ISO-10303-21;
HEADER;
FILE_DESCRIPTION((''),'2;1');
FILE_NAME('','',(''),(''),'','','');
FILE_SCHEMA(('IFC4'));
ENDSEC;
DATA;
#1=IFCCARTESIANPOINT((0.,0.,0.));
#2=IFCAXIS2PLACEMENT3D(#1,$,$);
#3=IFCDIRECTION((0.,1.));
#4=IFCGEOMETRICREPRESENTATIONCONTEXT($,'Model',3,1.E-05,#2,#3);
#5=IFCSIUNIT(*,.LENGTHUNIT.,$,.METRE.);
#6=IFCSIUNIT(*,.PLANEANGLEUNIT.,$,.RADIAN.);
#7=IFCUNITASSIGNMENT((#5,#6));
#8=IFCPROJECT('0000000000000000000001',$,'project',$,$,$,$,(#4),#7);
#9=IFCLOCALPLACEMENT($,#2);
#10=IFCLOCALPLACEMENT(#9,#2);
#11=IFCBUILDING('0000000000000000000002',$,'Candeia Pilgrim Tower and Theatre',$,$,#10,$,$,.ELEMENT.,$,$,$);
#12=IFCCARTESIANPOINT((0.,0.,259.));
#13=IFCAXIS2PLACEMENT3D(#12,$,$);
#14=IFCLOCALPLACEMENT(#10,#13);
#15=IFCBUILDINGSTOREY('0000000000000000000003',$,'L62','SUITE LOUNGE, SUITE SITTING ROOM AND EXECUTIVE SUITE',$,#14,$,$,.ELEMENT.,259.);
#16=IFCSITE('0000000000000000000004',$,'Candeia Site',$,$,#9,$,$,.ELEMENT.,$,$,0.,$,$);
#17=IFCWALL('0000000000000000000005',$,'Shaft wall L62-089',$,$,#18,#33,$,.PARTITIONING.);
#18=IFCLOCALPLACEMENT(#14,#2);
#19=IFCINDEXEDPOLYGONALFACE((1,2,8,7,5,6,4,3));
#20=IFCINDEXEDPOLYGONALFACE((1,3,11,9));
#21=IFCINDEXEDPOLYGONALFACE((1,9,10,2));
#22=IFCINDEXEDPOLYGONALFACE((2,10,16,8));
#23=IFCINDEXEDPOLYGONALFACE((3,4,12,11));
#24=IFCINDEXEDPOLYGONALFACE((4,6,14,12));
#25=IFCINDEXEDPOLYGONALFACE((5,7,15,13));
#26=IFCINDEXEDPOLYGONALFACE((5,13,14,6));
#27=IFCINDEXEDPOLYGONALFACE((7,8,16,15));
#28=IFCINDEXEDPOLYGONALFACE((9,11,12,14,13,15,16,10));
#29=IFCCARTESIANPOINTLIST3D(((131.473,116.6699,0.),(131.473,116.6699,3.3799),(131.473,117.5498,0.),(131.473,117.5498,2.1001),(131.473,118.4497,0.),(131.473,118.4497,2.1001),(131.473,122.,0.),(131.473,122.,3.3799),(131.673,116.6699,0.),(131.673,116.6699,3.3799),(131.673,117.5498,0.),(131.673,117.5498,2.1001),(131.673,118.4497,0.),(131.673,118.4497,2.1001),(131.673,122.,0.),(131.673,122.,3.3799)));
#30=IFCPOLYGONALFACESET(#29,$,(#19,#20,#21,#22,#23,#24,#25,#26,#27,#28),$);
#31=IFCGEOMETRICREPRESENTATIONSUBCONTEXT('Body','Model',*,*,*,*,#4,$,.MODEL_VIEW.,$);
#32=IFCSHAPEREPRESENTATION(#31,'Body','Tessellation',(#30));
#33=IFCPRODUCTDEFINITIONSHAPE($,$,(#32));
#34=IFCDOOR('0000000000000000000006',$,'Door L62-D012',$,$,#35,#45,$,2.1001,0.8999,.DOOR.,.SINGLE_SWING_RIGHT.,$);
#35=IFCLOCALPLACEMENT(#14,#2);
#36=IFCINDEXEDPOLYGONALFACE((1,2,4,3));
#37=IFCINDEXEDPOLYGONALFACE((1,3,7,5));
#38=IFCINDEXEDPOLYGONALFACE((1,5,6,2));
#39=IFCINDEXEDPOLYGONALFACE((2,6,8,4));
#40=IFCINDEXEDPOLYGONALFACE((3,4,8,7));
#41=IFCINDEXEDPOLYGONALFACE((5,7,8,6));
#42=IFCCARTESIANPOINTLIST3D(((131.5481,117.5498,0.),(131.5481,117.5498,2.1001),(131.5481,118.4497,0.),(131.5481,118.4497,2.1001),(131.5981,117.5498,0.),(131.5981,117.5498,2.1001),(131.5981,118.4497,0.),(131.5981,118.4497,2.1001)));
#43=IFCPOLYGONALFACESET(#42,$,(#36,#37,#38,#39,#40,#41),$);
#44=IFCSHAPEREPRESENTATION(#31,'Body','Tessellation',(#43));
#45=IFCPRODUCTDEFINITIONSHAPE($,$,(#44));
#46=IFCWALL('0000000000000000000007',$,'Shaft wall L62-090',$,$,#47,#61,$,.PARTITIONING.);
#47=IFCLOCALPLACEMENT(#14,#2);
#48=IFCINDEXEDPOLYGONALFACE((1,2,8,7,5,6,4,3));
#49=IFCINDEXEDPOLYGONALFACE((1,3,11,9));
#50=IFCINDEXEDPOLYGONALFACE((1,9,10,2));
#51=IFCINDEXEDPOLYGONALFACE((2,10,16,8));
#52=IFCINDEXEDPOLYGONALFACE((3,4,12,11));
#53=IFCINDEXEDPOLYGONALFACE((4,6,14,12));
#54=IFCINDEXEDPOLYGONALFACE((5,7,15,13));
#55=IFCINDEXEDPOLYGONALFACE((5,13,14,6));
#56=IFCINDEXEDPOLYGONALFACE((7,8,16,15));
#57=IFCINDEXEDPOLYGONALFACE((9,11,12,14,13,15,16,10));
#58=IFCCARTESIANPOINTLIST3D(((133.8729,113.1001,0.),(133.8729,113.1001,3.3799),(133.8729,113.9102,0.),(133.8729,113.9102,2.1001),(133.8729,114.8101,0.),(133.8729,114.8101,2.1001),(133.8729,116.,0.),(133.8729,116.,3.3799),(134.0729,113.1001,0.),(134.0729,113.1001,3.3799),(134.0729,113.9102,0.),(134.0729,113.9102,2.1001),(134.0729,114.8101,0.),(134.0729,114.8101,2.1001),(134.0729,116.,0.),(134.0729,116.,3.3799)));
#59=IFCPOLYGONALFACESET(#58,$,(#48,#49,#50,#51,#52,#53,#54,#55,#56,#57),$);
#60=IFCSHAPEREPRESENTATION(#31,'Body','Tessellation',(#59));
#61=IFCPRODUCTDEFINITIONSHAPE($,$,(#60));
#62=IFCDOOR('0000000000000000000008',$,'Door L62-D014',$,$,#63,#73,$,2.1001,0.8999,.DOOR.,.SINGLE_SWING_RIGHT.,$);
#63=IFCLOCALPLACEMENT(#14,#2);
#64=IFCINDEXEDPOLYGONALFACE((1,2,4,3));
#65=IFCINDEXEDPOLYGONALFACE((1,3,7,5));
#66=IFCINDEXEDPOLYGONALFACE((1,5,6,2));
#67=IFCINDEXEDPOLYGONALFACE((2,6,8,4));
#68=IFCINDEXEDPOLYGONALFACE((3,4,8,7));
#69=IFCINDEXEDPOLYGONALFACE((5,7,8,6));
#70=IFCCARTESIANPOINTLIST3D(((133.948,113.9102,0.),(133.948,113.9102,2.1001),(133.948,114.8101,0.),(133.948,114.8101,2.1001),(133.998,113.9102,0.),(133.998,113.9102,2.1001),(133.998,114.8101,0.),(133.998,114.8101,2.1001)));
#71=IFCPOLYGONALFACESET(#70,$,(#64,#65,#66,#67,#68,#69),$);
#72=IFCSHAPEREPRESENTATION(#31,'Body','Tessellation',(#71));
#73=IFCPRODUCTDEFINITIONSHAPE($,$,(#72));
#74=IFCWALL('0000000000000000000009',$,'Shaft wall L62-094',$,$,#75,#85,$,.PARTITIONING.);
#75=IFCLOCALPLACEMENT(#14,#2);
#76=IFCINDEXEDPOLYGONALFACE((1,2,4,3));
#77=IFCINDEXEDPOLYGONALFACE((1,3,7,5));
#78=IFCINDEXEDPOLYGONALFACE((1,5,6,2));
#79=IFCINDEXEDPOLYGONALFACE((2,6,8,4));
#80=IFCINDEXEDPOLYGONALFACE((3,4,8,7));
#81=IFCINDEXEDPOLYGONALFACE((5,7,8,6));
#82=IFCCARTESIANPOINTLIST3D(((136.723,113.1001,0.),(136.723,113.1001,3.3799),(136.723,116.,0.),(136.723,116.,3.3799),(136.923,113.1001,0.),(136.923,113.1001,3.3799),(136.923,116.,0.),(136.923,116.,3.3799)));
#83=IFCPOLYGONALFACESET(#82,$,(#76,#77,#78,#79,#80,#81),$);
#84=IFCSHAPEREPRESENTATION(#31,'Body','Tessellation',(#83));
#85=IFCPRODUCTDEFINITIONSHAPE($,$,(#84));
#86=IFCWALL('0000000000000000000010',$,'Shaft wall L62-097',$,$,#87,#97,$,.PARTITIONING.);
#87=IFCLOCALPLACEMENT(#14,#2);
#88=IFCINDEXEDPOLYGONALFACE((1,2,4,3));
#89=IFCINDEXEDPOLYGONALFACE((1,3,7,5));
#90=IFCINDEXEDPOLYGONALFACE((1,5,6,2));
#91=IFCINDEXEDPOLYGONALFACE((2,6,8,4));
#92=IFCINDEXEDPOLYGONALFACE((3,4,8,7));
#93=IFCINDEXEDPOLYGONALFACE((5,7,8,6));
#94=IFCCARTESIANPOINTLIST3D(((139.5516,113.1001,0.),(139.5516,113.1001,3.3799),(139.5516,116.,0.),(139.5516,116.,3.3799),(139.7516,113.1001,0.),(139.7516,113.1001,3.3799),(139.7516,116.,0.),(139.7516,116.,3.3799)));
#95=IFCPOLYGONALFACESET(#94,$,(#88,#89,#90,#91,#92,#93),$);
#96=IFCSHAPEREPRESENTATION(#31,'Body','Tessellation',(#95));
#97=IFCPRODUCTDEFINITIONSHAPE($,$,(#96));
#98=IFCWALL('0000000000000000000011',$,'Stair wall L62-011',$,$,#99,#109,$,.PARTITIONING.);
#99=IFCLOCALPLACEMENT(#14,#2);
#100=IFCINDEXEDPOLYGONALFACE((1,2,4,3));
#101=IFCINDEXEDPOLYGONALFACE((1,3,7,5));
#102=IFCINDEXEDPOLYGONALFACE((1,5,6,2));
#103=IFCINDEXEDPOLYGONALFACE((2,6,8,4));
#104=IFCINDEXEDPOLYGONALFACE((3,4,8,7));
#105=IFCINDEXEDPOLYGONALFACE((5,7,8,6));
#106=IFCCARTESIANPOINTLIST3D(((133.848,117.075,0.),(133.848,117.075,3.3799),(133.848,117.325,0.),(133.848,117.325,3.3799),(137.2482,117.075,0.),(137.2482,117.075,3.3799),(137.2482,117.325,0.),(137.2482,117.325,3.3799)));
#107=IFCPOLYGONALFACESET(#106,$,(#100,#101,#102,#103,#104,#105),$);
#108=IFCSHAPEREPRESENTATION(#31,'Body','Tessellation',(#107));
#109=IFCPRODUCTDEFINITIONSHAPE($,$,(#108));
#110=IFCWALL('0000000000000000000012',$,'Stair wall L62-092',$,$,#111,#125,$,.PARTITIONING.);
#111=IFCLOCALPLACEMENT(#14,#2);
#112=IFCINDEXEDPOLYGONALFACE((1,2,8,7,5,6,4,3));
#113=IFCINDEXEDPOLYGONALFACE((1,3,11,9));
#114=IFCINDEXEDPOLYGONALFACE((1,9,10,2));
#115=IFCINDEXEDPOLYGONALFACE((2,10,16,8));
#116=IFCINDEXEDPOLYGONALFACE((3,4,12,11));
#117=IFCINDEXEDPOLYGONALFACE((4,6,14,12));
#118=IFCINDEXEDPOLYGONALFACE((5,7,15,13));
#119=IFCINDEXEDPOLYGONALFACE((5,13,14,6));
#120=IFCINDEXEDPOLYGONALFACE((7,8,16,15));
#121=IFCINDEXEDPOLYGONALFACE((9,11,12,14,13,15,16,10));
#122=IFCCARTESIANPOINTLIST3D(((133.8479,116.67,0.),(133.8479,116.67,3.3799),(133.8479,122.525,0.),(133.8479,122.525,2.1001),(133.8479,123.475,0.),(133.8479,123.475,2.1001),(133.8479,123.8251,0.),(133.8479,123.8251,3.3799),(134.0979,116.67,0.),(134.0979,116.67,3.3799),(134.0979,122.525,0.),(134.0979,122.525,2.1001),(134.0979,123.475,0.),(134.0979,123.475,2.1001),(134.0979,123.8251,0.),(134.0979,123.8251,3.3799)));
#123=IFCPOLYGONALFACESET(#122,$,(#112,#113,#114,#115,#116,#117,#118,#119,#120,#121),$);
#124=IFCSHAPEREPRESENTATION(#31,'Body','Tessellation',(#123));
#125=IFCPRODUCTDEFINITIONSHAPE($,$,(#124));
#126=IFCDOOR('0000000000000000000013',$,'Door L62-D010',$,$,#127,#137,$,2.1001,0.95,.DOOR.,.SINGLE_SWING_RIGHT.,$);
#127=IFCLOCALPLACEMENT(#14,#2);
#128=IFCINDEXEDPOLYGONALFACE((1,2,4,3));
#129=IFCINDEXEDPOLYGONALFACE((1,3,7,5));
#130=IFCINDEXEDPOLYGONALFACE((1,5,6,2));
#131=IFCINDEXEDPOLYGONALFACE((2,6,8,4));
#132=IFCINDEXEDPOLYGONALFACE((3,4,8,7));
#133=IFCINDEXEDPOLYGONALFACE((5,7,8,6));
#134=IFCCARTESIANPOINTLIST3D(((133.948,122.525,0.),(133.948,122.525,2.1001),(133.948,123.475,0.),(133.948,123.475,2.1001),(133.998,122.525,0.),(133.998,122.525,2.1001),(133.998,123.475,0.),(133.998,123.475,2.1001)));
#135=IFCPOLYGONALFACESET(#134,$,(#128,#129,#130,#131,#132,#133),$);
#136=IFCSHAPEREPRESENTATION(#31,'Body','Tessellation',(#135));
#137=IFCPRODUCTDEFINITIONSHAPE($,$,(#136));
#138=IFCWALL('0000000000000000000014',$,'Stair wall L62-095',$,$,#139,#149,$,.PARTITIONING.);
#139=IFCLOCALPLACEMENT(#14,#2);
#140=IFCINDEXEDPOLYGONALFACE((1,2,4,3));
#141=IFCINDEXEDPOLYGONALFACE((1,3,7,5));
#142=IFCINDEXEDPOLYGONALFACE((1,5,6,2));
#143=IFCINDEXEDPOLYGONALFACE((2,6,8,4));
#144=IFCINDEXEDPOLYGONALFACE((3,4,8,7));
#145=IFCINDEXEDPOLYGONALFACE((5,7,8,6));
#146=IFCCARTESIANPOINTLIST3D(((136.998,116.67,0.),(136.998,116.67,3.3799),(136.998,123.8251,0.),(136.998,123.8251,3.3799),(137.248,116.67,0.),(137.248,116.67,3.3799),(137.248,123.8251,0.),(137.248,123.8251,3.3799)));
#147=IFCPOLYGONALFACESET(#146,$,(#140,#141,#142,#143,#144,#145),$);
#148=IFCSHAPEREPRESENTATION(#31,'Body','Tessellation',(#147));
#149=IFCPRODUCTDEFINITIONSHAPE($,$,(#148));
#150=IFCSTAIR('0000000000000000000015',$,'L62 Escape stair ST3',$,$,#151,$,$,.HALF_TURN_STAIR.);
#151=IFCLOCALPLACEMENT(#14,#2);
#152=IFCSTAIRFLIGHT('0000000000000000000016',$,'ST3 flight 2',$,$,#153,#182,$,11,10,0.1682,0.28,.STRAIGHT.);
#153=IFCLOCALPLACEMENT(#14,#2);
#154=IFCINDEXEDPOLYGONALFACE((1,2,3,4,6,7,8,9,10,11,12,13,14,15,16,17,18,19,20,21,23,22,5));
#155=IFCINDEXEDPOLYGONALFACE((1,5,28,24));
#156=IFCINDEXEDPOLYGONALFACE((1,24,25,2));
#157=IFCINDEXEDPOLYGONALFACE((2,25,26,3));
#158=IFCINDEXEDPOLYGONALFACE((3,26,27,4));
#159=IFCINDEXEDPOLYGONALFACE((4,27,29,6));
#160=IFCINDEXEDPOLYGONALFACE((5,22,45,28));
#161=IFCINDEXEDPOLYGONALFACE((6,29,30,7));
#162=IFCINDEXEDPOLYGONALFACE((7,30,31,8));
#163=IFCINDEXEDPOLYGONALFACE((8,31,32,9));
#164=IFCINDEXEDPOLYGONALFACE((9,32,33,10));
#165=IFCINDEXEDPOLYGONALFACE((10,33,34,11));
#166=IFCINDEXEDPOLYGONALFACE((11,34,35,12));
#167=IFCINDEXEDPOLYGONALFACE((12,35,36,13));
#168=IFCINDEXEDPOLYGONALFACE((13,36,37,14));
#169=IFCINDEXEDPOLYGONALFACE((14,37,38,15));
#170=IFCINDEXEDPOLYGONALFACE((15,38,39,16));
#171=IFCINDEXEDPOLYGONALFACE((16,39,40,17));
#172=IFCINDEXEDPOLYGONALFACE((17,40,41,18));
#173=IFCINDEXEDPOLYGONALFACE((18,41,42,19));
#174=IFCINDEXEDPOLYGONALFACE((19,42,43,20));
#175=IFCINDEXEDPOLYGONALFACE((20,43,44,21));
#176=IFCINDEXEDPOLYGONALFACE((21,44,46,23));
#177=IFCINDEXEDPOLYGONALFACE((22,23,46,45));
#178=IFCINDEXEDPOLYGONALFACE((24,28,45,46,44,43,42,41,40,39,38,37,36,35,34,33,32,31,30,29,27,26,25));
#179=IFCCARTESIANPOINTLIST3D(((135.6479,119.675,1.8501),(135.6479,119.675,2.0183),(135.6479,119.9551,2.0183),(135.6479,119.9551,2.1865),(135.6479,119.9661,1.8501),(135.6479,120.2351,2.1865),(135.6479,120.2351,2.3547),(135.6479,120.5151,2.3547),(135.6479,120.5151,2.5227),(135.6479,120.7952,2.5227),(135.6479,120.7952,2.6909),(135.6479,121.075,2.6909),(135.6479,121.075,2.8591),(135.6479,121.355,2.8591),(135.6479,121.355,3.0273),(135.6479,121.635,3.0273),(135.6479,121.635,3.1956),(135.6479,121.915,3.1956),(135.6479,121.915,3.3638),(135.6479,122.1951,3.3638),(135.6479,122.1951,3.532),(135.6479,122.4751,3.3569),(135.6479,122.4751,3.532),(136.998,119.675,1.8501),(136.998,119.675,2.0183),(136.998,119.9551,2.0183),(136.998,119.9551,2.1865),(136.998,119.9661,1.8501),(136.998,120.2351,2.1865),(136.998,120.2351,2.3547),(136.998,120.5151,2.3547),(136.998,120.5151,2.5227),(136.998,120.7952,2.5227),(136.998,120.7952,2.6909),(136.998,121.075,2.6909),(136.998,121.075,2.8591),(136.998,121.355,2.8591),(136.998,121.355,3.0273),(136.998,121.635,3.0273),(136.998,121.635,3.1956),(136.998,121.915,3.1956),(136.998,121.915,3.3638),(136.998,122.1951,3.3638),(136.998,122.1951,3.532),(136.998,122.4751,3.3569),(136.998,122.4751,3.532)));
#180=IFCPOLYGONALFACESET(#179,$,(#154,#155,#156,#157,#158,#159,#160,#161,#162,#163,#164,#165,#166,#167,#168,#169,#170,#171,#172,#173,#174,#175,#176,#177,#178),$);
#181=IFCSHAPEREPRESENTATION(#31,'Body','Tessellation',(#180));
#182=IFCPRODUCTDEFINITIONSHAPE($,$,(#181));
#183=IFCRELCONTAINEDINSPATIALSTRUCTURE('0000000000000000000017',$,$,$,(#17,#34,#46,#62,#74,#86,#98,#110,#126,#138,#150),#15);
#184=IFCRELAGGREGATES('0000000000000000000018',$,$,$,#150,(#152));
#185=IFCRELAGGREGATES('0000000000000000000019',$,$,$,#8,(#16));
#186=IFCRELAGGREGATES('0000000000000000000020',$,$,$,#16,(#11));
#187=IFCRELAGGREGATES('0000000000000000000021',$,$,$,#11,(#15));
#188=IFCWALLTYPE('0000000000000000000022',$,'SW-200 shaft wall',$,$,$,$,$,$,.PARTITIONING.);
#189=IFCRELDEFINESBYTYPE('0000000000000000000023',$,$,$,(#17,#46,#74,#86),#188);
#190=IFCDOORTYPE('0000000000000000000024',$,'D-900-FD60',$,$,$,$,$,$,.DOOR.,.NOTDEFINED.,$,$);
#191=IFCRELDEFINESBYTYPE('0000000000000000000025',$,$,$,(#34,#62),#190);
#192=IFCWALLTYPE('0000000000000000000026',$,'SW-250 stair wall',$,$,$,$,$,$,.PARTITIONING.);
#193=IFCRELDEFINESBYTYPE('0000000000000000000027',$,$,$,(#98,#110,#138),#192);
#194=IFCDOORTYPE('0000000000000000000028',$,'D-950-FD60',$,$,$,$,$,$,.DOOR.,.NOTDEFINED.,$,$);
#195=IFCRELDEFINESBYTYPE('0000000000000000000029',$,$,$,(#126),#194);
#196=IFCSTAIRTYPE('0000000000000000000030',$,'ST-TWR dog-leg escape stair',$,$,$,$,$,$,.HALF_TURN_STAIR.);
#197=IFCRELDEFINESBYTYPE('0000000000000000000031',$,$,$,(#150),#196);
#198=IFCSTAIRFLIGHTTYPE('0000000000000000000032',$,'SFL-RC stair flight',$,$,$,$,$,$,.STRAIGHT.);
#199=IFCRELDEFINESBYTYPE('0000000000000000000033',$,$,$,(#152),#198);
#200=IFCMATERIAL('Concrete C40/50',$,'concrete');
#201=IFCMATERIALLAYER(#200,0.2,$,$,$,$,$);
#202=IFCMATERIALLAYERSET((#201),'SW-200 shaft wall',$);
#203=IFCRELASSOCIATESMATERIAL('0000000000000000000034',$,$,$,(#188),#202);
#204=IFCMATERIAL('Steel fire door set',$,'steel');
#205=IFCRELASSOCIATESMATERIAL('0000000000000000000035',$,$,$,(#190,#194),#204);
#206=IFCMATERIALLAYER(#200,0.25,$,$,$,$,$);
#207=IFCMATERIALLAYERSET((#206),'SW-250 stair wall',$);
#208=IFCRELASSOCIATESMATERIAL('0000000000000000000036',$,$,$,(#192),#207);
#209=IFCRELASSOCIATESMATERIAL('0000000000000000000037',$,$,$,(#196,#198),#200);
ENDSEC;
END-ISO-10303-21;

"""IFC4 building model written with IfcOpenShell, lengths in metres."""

from ifc_helpers import new_model, si_unit, direction, frame, frame_2d, origin, place, context, subcontext, project, spatial, polyline, rectangle, outline, extrude, material, layer, layer_set, type_object, element, fill, aggregate, save


model = new_model("IFC4")

# Units and contexts
model_context = context("Model", 3, precision=1e-05, world=origin(), true_north=direction((0.0, 1.0)))
body_context = subcontext(model_context, "Body", "Model", "MODEL_VIEW")
ifc_project = project(units=[si_unit("LENGTHUNIT", "METRE"), si_unit("PLANEANGLEUNIT", "RADIAN")], contexts=[model_context])

# Site, building, storey
site_placement = place(None, origin())
site = spatial("IfcSite", under=ifc_project, at=site_placement, Name="Candeia Site", CompositionType="ELEMENT", RefElevation=0.0)
building_placement = place(site_placement, origin())
building = spatial("IfcBuilding", under=site, at=building_placement, Name="Candeia Pilgrim Tower and Theatre", CompositionType="ELEMENT")
storey_placement = place(building_placement, frame((0.0, 0.0, 259.0)))
storey = spatial("IfcBuildingStorey", under=building, at=storey_placement, Name="L62", Description="SUITE LOUNGE, SUITE SITTING ROOM AND EXECUTIVE SUITE", CompositionType="ELEMENT", Elevation=259.0)

# Shared definitions
ifc_material_1 = material(Name="Concrete C40/50", Category="concrete")

# Shared definitions
ifc_material_2 = material(Name="Steel fire door set", Category="steel")

# Walls, openings, doors
ifc_layer_1 = layer(ifc_material_1, 0.2)
ifc_layer_set_1 = layer_set([ifc_layer_1], Name="SW-200 shaft wall")
wall_type_1 = type_object("IfcWallType", Name="SW-200 shaft wall", PredefinedType="PARTITIONING", material=ifc_layer_set_1)
door_type_1 = type_object("IfcDoorType", Name="D-900-FD60", OperationType="NOTDEFINED", PredefinedType="DOOR", material=ifc_material_2)
wall_1_placement = place(storey_placement, frame((131.573, 116.6699, 0.0), z_axis=(0.0, 0.0, 1.0), x_axis=(0.0, 1.0, 0.0)))
wall_1 = element("IfcWall", 1, at=wall_1_placement, inside=storey, type_object=wall_type_1, Name="Shaft wall L62-089", PredefinedType="PARTITIONING", context=body_context, shape_type="SweptSolid", body=[
    extrude(rectangle(XDim=5.3301, YDim=0.2, at=frame_2d((2.665, 0.0))), origin(), (0.0, 0.0, 1.0), 3.3799),
])
opening_1_placement = place(wall_1_placement, frame((0.8799, 0.0, 0.0)))
opening_1 = element("IfcOpeningElement", 2, at=opening_1_placement, cuts=wall_1, PredefinedType="OPENING", context=body_context, shape_type="SweptSolid", body=[
    extrude(rectangle(XDim=0.8999, YDim=2.1001, at=frame_2d((0.45, 1.05))), frame((0.0, 0.1099, 0.0), z_axis=(0.0, -1.0, 0.0), x_axis=(1.0, 0.0, 0.0)), (0.0, 0.0, 1.0), 0.22),
])
door_1_placement = place(opening_1_placement, origin())
door_1 = element("IfcDoor", 3, at=door_1_placement, inside=storey, type_object=door_type_1, Name="Door L62-D012", OperationType="SINGLE_SWING_RIGHT", OverallHeight=2.1001, OverallWidth=0.8999, PredefinedType="DOOR", context=body_context, shape_type="SweptSolid", body=[
    extrude(rectangle(XDim=0.8999, YDim=2.1001, at=frame_2d((0.45, 1.05))), frame((0.0, 0.0249, 0.0), z_axis=(0.0, -1.0, 0.0), x_axis=(1.0, 0.0, 0.0)), (0.0, 0.0, 1.0), 0.05),
])
fill(opening_1, door_1)
wall_2_placement = place(storey_placement, frame((133.9729, 113.1001, 0.0), z_axis=(0.0, 0.0, 1.0), x_axis=(0.0, 1.0, 0.0)))
wall_2 = element("IfcWall", 4, at=wall_2_placement, inside=storey, type_object=wall_type_1, Name="Shaft wall L62-090", PredefinedType="PARTITIONING", context=body_context, shape_type="SweptSolid", body=[
    extrude(rectangle(XDim=2.8999, YDim=0.2, at=frame_2d((1.45, 0.0))), origin(), (0.0, 0.0, 1.0), 3.3799),
])
opening_2_placement = place(wall_2_placement, frame((0.8101, 0.0, 0.0)))
opening_2 = element("IfcOpeningElement", 5, at=opening_2_placement, cuts=wall_2, PredefinedType="OPENING", context=body_context, shape_type="SweptSolid", body=[
    extrude(rectangle(XDim=0.8999, YDim=2.1001, at=frame_2d((0.45, 1.05))), frame((0.0, 0.1099, 0.0), z_axis=(0.0, -1.0, 0.0), x_axis=(1.0, 0.0, 0.0)), (0.0, 0.0, 1.0), 0.22),
])
door_2_placement = place(opening_2_placement, origin())
door_2 = element("IfcDoor", 6, at=door_2_placement, inside=storey, type_object=door_type_1, Name="Door L62-D014", OperationType="SINGLE_SWING_RIGHT", OverallHeight=2.1001, OverallWidth=0.8999, PredefinedType="DOOR", context=body_context, shape_type="SweptSolid", body=[
    extrude(rectangle(XDim=0.8999, YDim=2.1001, at=frame_2d((0.45, 1.05))), frame((0.0, 0.0249, 0.0), z_axis=(0.0, -1.0, 0.0), x_axis=(1.0, 0.0, 0.0)), (0.0, 0.0, 1.0), 0.05),
])
fill(opening_2, door_2)

# Walls
for number, where, z_axis, x_axis, name in (
    (7, (136.823, 113.1001, 0.0), (0.0, 0.0, 1.0), (0.0, 1.0, 0.0), "Shaft wall L62-094"),
    (8, (139.6516, 113.1001, 0.0), (0.0, 0.0, 1.0), (0.0, 1.0, 0.0), "Shaft wall L62-097"),
):
    element("IfcWall", number, at=place(storey_placement, frame(where, z_axis=z_axis, x_axis=x_axis)), inside=storey, type_object=wall_type_1, Name=name, PredefinedType="PARTITIONING", context=body_context, shape_type="SweptSolid", body=[
        extrude(rectangle(XDim=2.8999, YDim=0.2, at=frame_2d((1.45, 0.0))), origin(), (0.0, 0.0, 1.0), 3.3799),
    ])
ifc_layer_2 = layer(ifc_material_1, 0.25)
ifc_layer_set_2 = layer_set([ifc_layer_2], Name="SW-250 stair wall")
wall_type_2 = type_object("IfcWallType", Name="SW-250 stair wall", PredefinedType="PARTITIONING", material=ifc_layer_set_2)
wall_3_placement = place(storey_placement, frame((133.8479, 117.2, 0.0), z_axis=(0.0, 0.0, 1.0), x_axis=(1.0, 0.0, 0.0)))
element("IfcWall", 9, at=wall_3_placement, inside=storey, type_object=wall_type_2, Name="Stair wall L62-011", PredefinedType="PARTITIONING", context=body_context, shape_type="SweptSolid", body=[
    extrude(rectangle(XDim=3.4001, YDim=0.25, at=frame_2d((1.7002, 0.0))), origin(), (0.0, 0.0, 1.0), 3.3799),
])

# Wall, opening, door
wall_4_placement = place(storey_placement, frame((133.9729, 116.6699, 0.0), z_axis=(0.0, 0.0, 1.0), x_axis=(0.0, 1.0, 0.0)))
wall_4 = element("IfcWall", 10, at=wall_4_placement, inside=storey, type_object=wall_type_2, Name="Stair wall L62-092", PredefinedType="PARTITIONING", context=body_context, shape_type="SweptSolid", body=[
    extrude(rectangle(XDim=7.155, YDim=0.25, at=frame_2d((3.5776, 0.0))), origin(), (0.0, 0.0, 1.0), 3.3799),
])
opening_3_placement = place(wall_4_placement, frame((5.855, 0.0, 0.0)))
opening_3 = element("IfcOpeningElement", 11, at=opening_3_placement, cuts=wall_4, PredefinedType="OPENING", context=body_context, shape_type="SweptSolid", body=[
    extrude(rectangle(XDim=0.95, YDim=2.1001, at=frame_2d((0.4751, 1.05))), frame((0.0, 0.135, 0.0), z_axis=(0.0, -1.0, 0.0), x_axis=(1.0, 0.0, 0.0)), (0.0, 0.0, 1.0), 0.27),
])
door_type_2 = type_object("IfcDoorType", Name="D-950-FD60", OperationType="NOTDEFINED", PredefinedType="DOOR", material=ifc_material_2)
door_3_placement = place(opening_3_placement, origin())
door_3 = element("IfcDoor", 12, at=door_3_placement, inside=storey, type_object=door_type_2, Name="Door L62-D010", OperationType="SINGLE_SWING_RIGHT", OverallHeight=2.1001, OverallWidth=0.95, PredefinedType="DOOR", context=body_context, shape_type="SweptSolid", body=[
    extrude(rectangle(XDim=0.95, YDim=2.1001, at=frame_2d((0.4751, 1.05))), frame((0.0, 0.0249, 0.0), z_axis=(0.0, -1.0, 0.0), x_axis=(1.0, 0.0, 0.0)), (0.0, 0.0, 1.0), 0.05),
])
fill(opening_3, door_3)

# Wall
wall_5_placement = place(storey_placement, frame((137.123, 116.6699, 0.0), z_axis=(0.0, 0.0, 1.0), x_axis=(0.0, 1.0, 0.0)))
element("IfcWall", 13, at=wall_5_placement, inside=storey, type_object=wall_type_2, Name="Stair wall L62-095", PredefinedType="PARTITIONING", context=body_context, shape_type="SweptSolid", body=[
    extrude(rectangle(XDim=7.155, YDim=0.25, at=frame_2d((3.5776, 0.0))), origin(), (0.0, 0.0, 1.0), 3.3799),
])

# Stair, stair flight
stair_type = type_object("IfcStairType", Name="ST-TWR dog-leg escape stair", PredefinedType="HALF_TURN_STAIR", material=ifc_material_1)
stair_placement = place(storey_placement, origin())
stair = element("IfcStair", 14, at=stair_placement, inside=storey, type_object=stair_type, Name="L62 Escape stair ST3", PredefinedType="HALF_TURN_STAIR")
stair_flight_type = type_object("IfcStairFlightType", Name="SFL-RC stair flight", PredefinedType="STRAIGHT", material=ifc_material_1)
stair_flight_placement = place(storey_placement, frame((136.323, 119.675, 1.8501), z_axis=(0.0, 0.0, 1.0), x_axis=(0.0, 1.0, 0.0)))
stair_flight = element("IfcStairFlight", 15, at=stair_flight_placement, type_object=stair_flight_type, Name="ST3 flight 2", NumberOfRisers=11, NumberOfTreads=10, PredefinedType="STRAIGHT", RiserHeight=0.1682, TreadLength=0.28, context=body_context, shape_type="SweptSolid", body=[
    extrude(outline(polyline([(0.0, 0.0), (0.0, 0.1682), (0.28, 0.1682), (0.28, 0.3364), (0.5601, 0.3364), (0.5601, 0.5046), (0.8401, 0.5046), (0.8401, 0.6726), (1.1201, 0.6726), (1.1201, 0.8408), (1.3999, 0.8408), (1.3999, 1.009), (1.6799, 1.009), (1.6799, 1.1772), (1.96, 1.1772), (1.96, 1.3455), (2.24, 1.3455), (2.24, 1.5137), (2.52, 1.5137), (2.52, 1.6819), (2.8, 1.6819), (2.8, 1.8501), (2.8, 1.5068), (0.291, 0.0), (0.0, 0.0)])), frame((0.0, 0.675, 0.0), z_axis=(0.0, -1.0, 0.0), x_axis=(1.0, 0.0, 0.0)), (0.0, 0.0, 1.0), 1.3501),
])
aggregate(stair, [stair_flight])

save(model, "model.ifc")
